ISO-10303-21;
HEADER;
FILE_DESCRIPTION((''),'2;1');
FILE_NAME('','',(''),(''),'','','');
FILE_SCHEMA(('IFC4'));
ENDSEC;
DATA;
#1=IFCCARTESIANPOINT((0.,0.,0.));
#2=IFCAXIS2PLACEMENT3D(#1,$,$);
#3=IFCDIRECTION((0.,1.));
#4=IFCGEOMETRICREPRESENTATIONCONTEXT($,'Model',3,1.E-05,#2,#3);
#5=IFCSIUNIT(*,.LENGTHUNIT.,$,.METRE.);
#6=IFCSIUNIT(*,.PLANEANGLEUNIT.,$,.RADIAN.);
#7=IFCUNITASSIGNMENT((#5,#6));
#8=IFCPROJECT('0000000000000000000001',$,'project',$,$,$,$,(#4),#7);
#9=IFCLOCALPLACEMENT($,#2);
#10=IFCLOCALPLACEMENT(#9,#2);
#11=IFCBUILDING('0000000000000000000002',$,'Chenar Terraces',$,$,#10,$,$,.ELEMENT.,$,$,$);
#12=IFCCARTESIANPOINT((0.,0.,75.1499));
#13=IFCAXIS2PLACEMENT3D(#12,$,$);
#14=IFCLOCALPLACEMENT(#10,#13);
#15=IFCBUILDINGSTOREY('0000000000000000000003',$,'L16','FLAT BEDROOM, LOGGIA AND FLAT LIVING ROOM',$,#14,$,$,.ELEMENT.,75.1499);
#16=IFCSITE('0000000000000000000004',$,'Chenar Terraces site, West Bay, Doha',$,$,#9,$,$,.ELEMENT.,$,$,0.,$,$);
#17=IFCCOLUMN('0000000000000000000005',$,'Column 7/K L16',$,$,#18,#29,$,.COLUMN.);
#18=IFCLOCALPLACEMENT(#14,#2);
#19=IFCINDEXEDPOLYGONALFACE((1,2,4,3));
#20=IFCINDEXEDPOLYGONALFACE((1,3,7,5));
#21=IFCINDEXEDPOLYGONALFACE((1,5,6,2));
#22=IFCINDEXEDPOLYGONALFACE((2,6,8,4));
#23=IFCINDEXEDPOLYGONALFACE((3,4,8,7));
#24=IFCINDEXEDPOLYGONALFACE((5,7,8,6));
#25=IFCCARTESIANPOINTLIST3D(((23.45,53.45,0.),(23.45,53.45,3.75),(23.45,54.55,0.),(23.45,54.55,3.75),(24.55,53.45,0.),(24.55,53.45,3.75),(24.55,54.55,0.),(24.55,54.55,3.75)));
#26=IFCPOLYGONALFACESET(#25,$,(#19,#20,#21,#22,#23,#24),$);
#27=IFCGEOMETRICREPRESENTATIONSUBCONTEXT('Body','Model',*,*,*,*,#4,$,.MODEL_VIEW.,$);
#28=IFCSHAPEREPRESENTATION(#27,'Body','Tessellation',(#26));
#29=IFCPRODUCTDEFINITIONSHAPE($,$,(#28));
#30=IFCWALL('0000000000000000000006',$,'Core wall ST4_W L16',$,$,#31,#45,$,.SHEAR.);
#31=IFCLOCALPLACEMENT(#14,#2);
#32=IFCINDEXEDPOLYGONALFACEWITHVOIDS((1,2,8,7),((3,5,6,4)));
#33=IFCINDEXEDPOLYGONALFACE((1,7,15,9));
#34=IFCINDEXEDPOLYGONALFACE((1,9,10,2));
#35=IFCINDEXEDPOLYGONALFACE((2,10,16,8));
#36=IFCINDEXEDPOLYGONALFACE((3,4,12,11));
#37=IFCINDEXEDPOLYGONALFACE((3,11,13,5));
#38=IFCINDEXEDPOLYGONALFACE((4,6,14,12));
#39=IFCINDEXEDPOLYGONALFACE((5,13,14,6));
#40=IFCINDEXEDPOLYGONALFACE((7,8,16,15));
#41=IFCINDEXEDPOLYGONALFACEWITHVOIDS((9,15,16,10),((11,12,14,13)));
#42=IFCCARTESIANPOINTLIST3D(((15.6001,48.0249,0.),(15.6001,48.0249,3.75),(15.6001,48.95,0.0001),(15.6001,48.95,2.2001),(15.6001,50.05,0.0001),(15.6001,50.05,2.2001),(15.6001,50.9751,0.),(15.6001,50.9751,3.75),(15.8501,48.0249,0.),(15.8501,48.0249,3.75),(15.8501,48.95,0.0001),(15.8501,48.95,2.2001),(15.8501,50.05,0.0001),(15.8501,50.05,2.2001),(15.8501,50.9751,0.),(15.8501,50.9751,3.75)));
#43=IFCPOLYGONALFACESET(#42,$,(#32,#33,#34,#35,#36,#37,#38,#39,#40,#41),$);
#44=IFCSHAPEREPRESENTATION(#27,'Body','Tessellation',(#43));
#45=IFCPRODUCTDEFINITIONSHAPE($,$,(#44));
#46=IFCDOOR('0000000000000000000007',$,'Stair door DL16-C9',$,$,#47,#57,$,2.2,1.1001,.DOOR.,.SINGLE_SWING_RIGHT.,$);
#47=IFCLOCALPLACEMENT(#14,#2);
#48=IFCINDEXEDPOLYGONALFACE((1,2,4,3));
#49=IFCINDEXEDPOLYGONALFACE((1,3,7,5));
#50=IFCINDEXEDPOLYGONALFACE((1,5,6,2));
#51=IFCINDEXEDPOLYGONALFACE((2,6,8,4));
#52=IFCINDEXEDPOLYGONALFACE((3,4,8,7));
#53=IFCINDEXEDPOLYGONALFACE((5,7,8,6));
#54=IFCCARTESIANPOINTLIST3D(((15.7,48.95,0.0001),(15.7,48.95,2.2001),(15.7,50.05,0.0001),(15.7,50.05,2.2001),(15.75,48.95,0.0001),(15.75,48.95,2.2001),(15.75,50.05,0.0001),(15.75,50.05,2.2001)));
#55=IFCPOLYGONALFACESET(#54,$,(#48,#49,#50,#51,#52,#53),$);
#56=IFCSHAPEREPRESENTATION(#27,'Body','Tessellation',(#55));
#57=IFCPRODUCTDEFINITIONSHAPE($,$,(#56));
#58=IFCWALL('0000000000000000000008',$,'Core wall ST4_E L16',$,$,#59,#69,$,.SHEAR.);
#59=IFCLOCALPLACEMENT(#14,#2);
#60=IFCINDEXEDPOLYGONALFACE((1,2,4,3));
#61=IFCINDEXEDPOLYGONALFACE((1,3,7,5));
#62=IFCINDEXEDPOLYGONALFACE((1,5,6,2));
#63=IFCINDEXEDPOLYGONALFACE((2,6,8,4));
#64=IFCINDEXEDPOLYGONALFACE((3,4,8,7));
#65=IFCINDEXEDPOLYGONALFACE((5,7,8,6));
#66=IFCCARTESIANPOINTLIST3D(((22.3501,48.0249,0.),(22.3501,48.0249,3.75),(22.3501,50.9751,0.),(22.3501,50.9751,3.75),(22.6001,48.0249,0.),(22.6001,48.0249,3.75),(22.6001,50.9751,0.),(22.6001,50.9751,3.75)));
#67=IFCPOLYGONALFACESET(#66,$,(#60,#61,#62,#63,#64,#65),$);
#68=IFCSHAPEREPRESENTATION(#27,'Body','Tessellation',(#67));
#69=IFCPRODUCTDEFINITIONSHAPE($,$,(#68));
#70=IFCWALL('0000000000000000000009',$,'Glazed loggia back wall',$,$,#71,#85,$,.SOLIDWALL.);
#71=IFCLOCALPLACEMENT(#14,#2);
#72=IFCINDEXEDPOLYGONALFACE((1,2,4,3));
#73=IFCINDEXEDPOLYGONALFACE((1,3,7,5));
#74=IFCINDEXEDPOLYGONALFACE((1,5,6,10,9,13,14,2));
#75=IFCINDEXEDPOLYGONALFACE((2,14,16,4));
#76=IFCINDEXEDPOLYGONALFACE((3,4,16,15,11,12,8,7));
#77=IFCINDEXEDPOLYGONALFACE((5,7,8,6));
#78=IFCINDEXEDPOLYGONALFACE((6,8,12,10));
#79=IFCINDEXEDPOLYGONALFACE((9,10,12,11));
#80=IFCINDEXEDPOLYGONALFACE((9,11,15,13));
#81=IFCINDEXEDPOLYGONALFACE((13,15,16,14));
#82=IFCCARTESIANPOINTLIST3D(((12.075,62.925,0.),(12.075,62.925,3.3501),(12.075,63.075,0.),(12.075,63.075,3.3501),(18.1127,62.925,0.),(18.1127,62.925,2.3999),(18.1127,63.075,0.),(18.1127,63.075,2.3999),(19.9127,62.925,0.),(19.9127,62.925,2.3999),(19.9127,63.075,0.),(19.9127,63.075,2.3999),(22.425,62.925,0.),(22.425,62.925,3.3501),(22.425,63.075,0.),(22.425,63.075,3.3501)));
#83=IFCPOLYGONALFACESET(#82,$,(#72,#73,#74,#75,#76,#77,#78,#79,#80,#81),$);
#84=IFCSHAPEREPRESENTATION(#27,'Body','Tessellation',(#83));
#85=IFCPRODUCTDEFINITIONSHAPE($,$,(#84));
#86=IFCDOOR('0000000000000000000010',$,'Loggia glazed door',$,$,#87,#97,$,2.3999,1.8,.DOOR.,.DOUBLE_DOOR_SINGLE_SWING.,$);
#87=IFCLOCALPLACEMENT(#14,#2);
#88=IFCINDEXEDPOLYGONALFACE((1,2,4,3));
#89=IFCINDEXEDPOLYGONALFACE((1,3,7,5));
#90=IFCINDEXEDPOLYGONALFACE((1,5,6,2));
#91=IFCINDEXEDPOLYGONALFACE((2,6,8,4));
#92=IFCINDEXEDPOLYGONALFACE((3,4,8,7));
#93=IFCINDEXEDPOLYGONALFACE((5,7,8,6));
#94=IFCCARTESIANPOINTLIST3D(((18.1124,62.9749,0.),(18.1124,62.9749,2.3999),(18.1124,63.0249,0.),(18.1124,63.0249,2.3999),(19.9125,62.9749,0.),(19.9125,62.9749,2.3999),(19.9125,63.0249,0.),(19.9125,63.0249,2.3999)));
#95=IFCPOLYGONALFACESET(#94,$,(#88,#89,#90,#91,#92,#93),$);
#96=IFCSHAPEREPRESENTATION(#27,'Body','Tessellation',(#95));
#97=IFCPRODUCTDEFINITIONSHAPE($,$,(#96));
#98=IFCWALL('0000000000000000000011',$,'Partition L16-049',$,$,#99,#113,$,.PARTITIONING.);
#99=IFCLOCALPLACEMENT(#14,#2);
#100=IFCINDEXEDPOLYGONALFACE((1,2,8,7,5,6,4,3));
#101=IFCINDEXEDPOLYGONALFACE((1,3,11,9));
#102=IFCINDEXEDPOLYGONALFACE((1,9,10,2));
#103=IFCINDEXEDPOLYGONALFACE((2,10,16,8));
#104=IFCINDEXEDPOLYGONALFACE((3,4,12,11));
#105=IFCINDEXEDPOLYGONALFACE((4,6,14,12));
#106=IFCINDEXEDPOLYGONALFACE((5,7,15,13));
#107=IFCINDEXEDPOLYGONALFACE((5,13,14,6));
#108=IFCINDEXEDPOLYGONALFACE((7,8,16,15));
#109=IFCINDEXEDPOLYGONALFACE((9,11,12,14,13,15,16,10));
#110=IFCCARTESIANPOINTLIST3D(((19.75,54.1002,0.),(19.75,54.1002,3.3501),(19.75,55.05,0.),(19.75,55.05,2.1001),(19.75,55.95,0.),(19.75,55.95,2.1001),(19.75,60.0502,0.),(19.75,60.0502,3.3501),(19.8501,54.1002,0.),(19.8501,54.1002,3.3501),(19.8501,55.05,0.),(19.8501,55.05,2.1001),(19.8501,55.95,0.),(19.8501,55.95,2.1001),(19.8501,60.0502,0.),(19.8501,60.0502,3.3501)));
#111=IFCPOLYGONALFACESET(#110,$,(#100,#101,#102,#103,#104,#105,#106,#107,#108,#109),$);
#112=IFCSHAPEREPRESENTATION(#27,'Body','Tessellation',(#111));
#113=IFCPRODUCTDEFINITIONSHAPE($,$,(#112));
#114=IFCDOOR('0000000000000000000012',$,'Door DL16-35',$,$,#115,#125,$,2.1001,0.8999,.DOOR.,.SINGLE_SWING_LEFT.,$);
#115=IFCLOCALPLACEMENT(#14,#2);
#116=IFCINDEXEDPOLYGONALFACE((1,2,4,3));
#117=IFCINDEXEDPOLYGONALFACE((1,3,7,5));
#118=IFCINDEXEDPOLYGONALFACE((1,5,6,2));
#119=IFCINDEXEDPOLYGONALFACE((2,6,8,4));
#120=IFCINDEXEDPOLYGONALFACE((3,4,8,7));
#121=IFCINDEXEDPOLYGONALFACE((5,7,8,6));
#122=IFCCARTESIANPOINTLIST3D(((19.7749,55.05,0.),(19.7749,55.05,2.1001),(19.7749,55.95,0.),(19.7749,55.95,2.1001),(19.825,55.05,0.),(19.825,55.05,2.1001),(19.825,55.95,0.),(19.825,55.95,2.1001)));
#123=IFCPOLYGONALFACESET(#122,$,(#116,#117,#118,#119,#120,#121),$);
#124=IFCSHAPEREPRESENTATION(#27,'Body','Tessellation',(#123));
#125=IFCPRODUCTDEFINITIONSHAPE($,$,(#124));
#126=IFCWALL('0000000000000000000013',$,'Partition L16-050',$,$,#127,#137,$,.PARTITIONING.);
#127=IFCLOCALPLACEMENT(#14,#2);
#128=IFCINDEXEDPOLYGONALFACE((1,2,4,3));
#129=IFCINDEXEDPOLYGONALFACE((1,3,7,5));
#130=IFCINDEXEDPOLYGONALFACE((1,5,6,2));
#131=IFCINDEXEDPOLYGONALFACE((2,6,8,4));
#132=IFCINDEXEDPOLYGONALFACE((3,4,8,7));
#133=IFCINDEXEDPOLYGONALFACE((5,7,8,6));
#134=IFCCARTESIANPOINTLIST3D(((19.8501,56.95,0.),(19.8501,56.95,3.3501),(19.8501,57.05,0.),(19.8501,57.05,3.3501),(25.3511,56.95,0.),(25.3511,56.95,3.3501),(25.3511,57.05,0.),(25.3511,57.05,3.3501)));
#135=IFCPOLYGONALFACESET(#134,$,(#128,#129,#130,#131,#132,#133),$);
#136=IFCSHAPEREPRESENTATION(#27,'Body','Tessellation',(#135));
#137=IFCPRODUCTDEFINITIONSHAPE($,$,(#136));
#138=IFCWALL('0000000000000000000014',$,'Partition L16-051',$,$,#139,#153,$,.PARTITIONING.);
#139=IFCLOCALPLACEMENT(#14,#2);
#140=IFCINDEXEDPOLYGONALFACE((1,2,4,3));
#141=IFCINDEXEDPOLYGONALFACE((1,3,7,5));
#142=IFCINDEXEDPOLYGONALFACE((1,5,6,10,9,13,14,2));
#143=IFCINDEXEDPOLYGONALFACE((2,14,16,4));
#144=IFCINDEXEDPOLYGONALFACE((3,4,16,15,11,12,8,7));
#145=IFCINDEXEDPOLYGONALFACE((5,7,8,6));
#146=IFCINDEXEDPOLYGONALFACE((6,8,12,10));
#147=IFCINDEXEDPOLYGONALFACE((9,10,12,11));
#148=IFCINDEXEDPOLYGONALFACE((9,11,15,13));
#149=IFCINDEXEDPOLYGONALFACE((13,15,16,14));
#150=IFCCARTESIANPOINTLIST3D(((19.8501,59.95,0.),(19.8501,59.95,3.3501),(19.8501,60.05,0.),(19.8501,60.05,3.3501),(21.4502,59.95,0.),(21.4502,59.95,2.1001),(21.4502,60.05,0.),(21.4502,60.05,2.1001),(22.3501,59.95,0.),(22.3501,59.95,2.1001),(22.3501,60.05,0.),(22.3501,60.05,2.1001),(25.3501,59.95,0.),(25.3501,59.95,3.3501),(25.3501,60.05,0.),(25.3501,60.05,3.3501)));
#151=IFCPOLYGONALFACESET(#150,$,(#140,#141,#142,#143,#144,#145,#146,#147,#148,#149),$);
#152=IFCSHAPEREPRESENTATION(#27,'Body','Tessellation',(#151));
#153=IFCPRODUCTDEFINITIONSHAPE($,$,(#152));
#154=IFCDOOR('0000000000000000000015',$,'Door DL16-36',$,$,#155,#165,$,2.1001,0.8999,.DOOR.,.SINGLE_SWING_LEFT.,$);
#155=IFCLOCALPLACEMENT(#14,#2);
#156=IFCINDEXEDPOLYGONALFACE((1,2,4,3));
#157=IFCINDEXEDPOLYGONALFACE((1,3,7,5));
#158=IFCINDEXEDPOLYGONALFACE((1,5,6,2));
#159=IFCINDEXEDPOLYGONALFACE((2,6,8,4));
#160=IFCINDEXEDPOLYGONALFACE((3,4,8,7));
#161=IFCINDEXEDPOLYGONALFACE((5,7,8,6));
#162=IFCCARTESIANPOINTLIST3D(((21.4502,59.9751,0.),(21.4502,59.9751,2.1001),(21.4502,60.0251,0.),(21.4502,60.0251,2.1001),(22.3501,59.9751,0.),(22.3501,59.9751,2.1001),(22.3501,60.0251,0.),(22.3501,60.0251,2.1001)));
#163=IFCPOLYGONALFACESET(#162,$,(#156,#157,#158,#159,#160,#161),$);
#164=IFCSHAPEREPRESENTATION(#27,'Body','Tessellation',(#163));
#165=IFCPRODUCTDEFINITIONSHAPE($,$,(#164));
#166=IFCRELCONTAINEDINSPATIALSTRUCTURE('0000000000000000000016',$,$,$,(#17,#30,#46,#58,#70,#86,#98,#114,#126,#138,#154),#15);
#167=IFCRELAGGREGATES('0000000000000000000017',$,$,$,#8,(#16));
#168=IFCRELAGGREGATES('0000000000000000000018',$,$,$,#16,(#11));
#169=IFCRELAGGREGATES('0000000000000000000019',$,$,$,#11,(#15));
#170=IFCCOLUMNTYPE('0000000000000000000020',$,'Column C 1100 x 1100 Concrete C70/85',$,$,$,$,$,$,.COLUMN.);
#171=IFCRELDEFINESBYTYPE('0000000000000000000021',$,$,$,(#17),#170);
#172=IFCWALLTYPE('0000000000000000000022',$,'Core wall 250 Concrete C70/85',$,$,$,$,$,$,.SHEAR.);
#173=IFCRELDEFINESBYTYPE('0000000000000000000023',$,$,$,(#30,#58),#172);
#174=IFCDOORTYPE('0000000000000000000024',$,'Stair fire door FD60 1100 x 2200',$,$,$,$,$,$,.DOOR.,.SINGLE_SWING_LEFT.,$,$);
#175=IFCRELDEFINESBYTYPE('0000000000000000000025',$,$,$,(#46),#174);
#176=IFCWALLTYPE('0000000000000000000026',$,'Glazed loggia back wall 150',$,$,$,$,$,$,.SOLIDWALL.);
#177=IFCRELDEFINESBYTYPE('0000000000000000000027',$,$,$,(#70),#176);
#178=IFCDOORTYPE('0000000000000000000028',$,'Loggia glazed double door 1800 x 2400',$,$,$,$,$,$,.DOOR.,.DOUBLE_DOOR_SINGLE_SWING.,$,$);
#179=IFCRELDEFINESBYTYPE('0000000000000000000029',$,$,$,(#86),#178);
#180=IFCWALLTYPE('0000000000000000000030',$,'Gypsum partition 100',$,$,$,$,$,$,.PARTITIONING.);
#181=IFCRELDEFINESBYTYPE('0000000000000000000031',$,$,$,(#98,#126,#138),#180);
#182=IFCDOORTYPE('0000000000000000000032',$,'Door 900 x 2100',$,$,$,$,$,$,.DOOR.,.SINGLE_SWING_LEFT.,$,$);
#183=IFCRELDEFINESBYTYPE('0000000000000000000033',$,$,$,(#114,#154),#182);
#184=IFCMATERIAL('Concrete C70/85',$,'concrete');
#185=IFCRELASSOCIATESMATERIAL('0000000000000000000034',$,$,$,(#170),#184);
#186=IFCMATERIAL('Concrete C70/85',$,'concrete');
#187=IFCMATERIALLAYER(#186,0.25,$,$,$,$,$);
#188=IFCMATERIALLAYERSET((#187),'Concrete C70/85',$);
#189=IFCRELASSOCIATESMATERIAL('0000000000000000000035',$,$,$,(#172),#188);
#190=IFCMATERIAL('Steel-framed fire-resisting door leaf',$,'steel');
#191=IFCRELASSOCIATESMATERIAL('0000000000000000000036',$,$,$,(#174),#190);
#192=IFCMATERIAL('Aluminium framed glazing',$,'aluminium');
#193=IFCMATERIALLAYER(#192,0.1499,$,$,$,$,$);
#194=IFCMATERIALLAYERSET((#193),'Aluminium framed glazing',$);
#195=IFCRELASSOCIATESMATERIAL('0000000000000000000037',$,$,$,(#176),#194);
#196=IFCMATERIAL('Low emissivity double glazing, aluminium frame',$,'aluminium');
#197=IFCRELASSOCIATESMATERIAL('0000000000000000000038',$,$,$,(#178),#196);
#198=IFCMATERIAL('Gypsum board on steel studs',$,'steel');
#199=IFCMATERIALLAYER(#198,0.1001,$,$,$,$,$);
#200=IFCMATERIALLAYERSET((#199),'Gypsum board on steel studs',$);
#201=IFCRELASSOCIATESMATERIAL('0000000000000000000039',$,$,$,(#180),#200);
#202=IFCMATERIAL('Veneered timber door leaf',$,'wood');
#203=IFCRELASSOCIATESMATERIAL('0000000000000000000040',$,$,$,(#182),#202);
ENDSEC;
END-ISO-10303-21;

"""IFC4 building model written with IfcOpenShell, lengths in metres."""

from ifc_helpers import new_model, si_unit, direction, frame, frame_2d, origin, origin_2d, place, context, subcontext, project, spatial, rectangle, extrude, material, layer, layer_set, material_profile, profile_set, type_object, element, fill, save


model = new_model("IFC4")

# Units and contexts
model_context = context("Model", 3, precision=1e-05, world=origin(), true_north=direction((0.0, 1.0)))
body_context = subcontext(model_context, "Body", "Model", "MODEL_VIEW")
ifc_project = project(units=[si_unit("LENGTHUNIT", "METRE"), si_unit("PLANEANGLEUNIT", "RADIAN")], contexts=[model_context])

# Site, building, storey
site_placement = place(None, origin())
site = spatial("IfcSite", under=ifc_project, at=site_placement, Name="Chenar Terraces site, West Bay, Doha", CompositionType="ELEMENT", RefElevation=0.0)
building_placement = place(site_placement, origin())
building = spatial("IfcBuilding", under=site, at=building_placement, Name="Chenar Terraces", CompositionType="ELEMENT")
storey_placement = place(building_placement, frame((0.0, 0.0, 75.1499)))
storey = spatial("IfcBuildingStorey", under=building, at=storey_placement, Name="L16", Description="FLAT BEDROOM, LOGGIA AND FLAT LIVING ROOM", CompositionType="ELEMENT", Elevation=75.1499)

# Column
ifc_material_1 = material(Name="Concrete C70/85", Category="concrete")
ifc_material_profile = material_profile(ifc_material_1, rectangle(XDim=1.1001, YDim=1.1001, at=origin_2d()), Name="C 1100 x 1100")
ifc_profile_set = profile_set([ifc_material_profile], Name="Concrete C70/85")
column_type = type_object("IfcColumnType", Name="Column C 1100 x 1100 Concrete C70/85", PredefinedType="COLUMN", material=ifc_profile_set)
column_placement = place(storey_placement, frame((24.0, 54.0, 0.0), z_axis=(0.0, 0.0, 1.0), x_axis=(1.0, 0.0, 0.0)))
element("IfcColumn", 1, at=column_placement, inside=storey, type_object=column_type, Name="Column 7/K L16", PredefinedType="COLUMN", context=body_context, shape_type="SweptSolid", body=[
    extrude(rectangle(XDim=1.1001, YDim=1.1001, at=origin_2d()), origin(), (0.0, 0.0, 1.0), 3.75),
])

# Wall, opening, door
ifc_material_2 = material(Name="Concrete C70/85", Category="concrete")
ifc_layer_1 = layer(ifc_material_2, 0.25)
ifc_layer_set_1 = layer_set([ifc_layer_1], Name="Concrete C70/85")
wall_type_1 = type_object("IfcWallType", Name="Core wall 250 Concrete C70/85", PredefinedType="SHEAR", material=ifc_layer_set_1)
wall_1_placement = place(storey_placement, frame((15.7251, 48.0249, 0.0), z_axis=(0.0, 0.0, 1.0), x_axis=(0.0, 1.0, 0.0)))
wall_1 = element("IfcWall", 2, at=wall_1_placement, inside=storey, type_object=wall_type_1, Name="Core wall ST4_W L16", PredefinedType="SHEAR", context=body_context, shape_type="SweptSolid", body=[
    extrude(rectangle(XDim=2.9502, YDim=0.25, at=frame_2d((1.4751, 0.0))), origin(), (0.0, 0.0, 1.0), 3.75),
])
opening_1_placement = place(wall_1_placement, frame((0.925, 0.0, 0.0)))
opening_1 = element("IfcOpeningElement", 3, at=opening_1_placement, cuts=wall_1, PredefinedType="OPENING", context=body_context, shape_type="SweptSolid", body=[
    extrude(rectangle(XDim=1.1001, YDim=2.2, at=frame_2d((0.55, 1.1001))), frame((0.0, 0.135, 0.0), z_axis=(0.0, -1.0, 0.0), x_axis=(1.0, 0.0, 0.0)), (0.0, 0.0, 1.0), 0.27),
])
ifc_material_3 = material(Name="Steel-framed fire-resisting door leaf", Category="steel")
door_type_1 = type_object("IfcDoorType", Name="Stair fire door FD60 1100 x 2200", OperationType="SINGLE_SWING_LEFT", PredefinedType="DOOR", material=ifc_material_3)
door_1_placement = place(opening_1_placement, frame((1.1001, 0.0, 0.0), z_axis=(0.0, 0.0, 1.0), x_axis=(-1.0, 0.0, 0.0)))
door_1 = element("IfcDoor", 4, at=door_1_placement, inside=storey, type_object=door_type_1, Name="Stair door DL16-C9", OperationType="SINGLE_SWING_RIGHT", OverallHeight=2.2, OverallWidth=1.1001, PredefinedType="DOOR", context=body_context, shape_type="SweptSolid", body=[
    extrude(rectangle(XDim=1.1001, YDim=2.2, at=frame_2d((0.55, 1.1001))), frame((0.0, 0.0249, 0.0), z_axis=(0.0, -1.0, 0.0), x_axis=(1.0, 0.0, 0.0)), (0.0, 0.0, 1.0), 0.05),
])
fill(opening_1, door_1)

# Wall
wall_2_placement = place(storey_placement, frame((22.4751, 48.0249, 0.0), z_axis=(0.0, 0.0, 1.0), x_axis=(0.0, 1.0, 0.0)))
element("IfcWall", 5, at=wall_2_placement, inside=storey, type_object=wall_type_1, Name="Core wall ST4_E L16", PredefinedType="SHEAR", context=body_context, shape_type="SweptSolid", body=[
    extrude(rectangle(XDim=2.9502, YDim=0.25, at=frame_2d((1.4751, 0.0))), origin(), (0.0, 0.0, 1.0), 3.75),
])

# Walls, openings, doors
ifc_material_4 = material(Name="Aluminium framed glazing", Category="aluminium")
ifc_layer_2 = layer(ifc_material_4, 0.1499)
ifc_layer_set_2 = layer_set([ifc_layer_2], Name="Aluminium framed glazing")
wall_type_2 = type_object("IfcWallType", Name="Glazed loggia back wall 150", PredefinedType="SOLIDWALL", material=ifc_layer_set_2)
wall_3_placement = place(storey_placement, frame((22.425, 63.0, 0.0), z_axis=(0.0, 0.0, 1.0), x_axis=(-1.0, 0.0, 0.0)))
wall_3 = element("IfcWall", 6, at=wall_3_placement, inside=storey, type_object=wall_type_2, Name="Glazed loggia back wall", PredefinedType="SOLIDWALL", context=body_context, shape_type="SweptSolid", body=[
    extrude(rectangle(XDim=10.3501, YDim=0.1499, at=frame_2d((5.175, 0.0))), origin(), (0.0, 0.0, 1.0), 3.3501),
])
opening_2_placement = place(wall_3_placement, frame((2.5125, 0.0, 0.0)))
opening_2 = element("IfcOpeningElement", 7, at=opening_2_placement, cuts=wall_3, PredefinedType="OPENING", context=body_context, shape_type="SweptSolid", body=[
    extrude(rectangle(XDim=1.8, YDim=2.3999, at=frame_2d((0.8999, 1.2))), frame((0.0, 0.085, 0.0), z_axis=(0.0, -1.0, 0.0), x_axis=(1.0, 0.0, 0.0)), (0.0, 0.0, 1.0), 0.1699),
])
ifc_material_5 = material(Name="Low emissivity double glazing, aluminium frame", Category="aluminium")
door_type_2 = type_object("IfcDoorType", Name="Loggia glazed double door 1800 x 2400", OperationType="DOUBLE_DOOR_SINGLE_SWING", PredefinedType="DOOR", material=ifc_material_5)
door_2_placement = place(opening_2_placement, frame((1.8, 0.0, 0.0), z_axis=(0.0, 0.0, 1.0), x_axis=(-1.0, 0.0, 0.0)))
door_2 = element("IfcDoor", 8, at=door_2_placement, inside=storey, type_object=door_type_2, Name="Loggia glazed door", OperationType="DOUBLE_DOOR_SINGLE_SWING", OverallHeight=2.3999, OverallWidth=1.8, PredefinedType="DOOR", context=body_context, shape_type="SweptSolid", body=[
    extrude(rectangle(XDim=1.8, YDim=2.3999, at=frame_2d((0.8999, 1.2))), frame((0.0, 0.0249, 0.0), z_axis=(0.0, -1.0, 0.0), x_axis=(1.0, 0.0, 0.0)), (0.0, 0.0, 1.0), 0.05),
])
fill(opening_2, door_2)
ifc_material_6 = material(Name="Gypsum board on steel studs", Category="steel")
ifc_layer_3 = layer(ifc_material_6, 0.1001)
ifc_layer_set_3 = layer_set([ifc_layer_3], Name="Gypsum board on steel studs")
wall_type_3 = type_object("IfcWallType", Name="Gypsum partition 100", PredefinedType="PARTITIONING", material=ifc_layer_set_3)
wall_4_placement = place(storey_placement, frame((19.8, 54.1001, 0.0), z_axis=(0.0, 0.0, 1.0), x_axis=(0.0, 1.0, 0.0)))
wall_4 = element("IfcWall", 9, at=wall_4_placement, inside=storey, type_object=wall_type_3, Name="Partition L16-049", PredefinedType="PARTITIONING", context=body_context, shape_type="SweptSolid", body=[
    extrude(rectangle(XDim=5.95, YDim=0.1001, at=frame_2d((2.9751, 0.0))), origin(), (0.0, 0.0, 1.0), 3.3501),
])
opening_3_placement = place(wall_4_placement, frame((0.95, 0.0, 0.0)))
opening_3 = element("IfcOpeningElement", 10, at=opening_3_placement, cuts=wall_4, PredefinedType="OPENING", context=body_context, shape_type="SweptSolid", body=[
    extrude(rectangle(XDim=0.8999, YDim=2.1001, at=frame_2d((0.45, 1.05))), frame((0.0, 0.0601, 0.0), z_axis=(0.0, -1.0, 0.0), x_axis=(1.0, 0.0, 0.0)), (0.0, 0.0, 1.0), 0.1201),
])
ifc_material_7 = material(Name="Veneered timber door leaf", Category="wood")
door_type_3 = type_object("IfcDoorType", Name="Door 900 x 2100", OperationType="SINGLE_SWING_LEFT", PredefinedType="DOOR", material=ifc_material_7)
door_3_placement = place(opening_3_placement, frame((0.8999, 0.0, 0.0), z_axis=(0.0, 0.0, 1.0), x_axis=(-1.0, 0.0, 0.0)))
door_3 = element("IfcDoor", 11, at=door_3_placement, inside=storey, type_object=door_type_3, Name="Door DL16-35", OperationType="SINGLE_SWING_LEFT", OverallHeight=2.1001, OverallWidth=0.8999, PredefinedType="DOOR", context=body_context, shape_type="SweptSolid", body=[
    extrude(rectangle(XDim=0.8999, YDim=2.1001, at=frame_2d((0.45, 1.05))), frame((0.0, 0.0249, 0.0), z_axis=(0.0, -1.0, 0.0), x_axis=(1.0, 0.0, 0.0)), (0.0, 0.0, 1.0), 0.05),
])
fill(opening_3, door_3)

# Wall
wall_5_placement = place(storey_placement, frame((19.8501, 57.0, 0.0), z_axis=(0.0, 0.0, 1.0), x_axis=(1.0, 0.0, 0.0)))
element("IfcWall", 12, at=wall_5_placement, inside=storey, type_object=wall_type_3, Name="Partition L16-050", PredefinedType="PARTITIONING", context=body_context, shape_type="SweptSolid", body=[
    extrude(rectangle(XDim=5.501, YDim=0.1001, at=frame_2d((2.7505, 0.0))), origin(), (0.0, 0.0, 1.0), 3.3501),
])

# Wall, opening, door
wall_6_placement = place(storey_placement, frame((19.8501, 60.0, 0.0), z_axis=(0.0, 0.0, 1.0), x_axis=(1.0, 0.0, 0.0)))
wall_6 = element("IfcWall", 13, at=wall_6_placement, inside=storey, type_object=wall_type_3, Name="Partition L16-051", PredefinedType="PARTITIONING", context=body_context, shape_type="SweptSolid", body=[
    extrude(rectangle(XDim=5.5, YDim=0.1001, at=frame_2d((2.75, 0.0))), origin(), (0.0, 0.0, 1.0), 3.3501),
])
opening_4_placement = place(wall_6_placement, frame((1.6001, 0.0, 0.0)))
opening_4 = element("IfcOpeningElement", 14, at=opening_4_placement, cuts=wall_6, PredefinedType="OPENING", context=body_context, shape_type="SweptSolid", body=[
    extrude(rectangle(XDim=0.8999, YDim=2.1001, at=frame_2d((0.45, 1.05))), frame((0.0, 0.0601, 0.0), z_axis=(0.0, -1.0, 0.0), x_axis=(1.0, 0.0, 0.0)), (0.0, 0.0, 1.0), 0.1201),
])
door_4_placement = place(opening_4_placement, frame((0.8999, 0.0, 0.0), z_axis=(0.0, 0.0, 1.0), x_axis=(-1.0, 0.0, 0.0)))
door_4 = element("IfcDoor", 15, at=door_4_placement, inside=storey, type_object=door_type_3, Name="Door DL16-36", OperationType="SINGLE_SWING_LEFT", OverallHeight=2.1001, OverallWidth=0.8999, PredefinedType="DOOR", context=body_context, shape_type="SweptSolid", body=[
    extrude(rectangle(XDim=0.8999, YDim=2.1001, at=frame_2d((0.45, 1.05))), frame((0.0, 0.0249, 0.0), z_axis=(0.0, -1.0, 0.0), x_axis=(1.0, 0.0, 0.0)), (0.0, 0.0, 1.0), 0.05),
])
fill(opening_4, door_4)

save(model, "model.ifc")
